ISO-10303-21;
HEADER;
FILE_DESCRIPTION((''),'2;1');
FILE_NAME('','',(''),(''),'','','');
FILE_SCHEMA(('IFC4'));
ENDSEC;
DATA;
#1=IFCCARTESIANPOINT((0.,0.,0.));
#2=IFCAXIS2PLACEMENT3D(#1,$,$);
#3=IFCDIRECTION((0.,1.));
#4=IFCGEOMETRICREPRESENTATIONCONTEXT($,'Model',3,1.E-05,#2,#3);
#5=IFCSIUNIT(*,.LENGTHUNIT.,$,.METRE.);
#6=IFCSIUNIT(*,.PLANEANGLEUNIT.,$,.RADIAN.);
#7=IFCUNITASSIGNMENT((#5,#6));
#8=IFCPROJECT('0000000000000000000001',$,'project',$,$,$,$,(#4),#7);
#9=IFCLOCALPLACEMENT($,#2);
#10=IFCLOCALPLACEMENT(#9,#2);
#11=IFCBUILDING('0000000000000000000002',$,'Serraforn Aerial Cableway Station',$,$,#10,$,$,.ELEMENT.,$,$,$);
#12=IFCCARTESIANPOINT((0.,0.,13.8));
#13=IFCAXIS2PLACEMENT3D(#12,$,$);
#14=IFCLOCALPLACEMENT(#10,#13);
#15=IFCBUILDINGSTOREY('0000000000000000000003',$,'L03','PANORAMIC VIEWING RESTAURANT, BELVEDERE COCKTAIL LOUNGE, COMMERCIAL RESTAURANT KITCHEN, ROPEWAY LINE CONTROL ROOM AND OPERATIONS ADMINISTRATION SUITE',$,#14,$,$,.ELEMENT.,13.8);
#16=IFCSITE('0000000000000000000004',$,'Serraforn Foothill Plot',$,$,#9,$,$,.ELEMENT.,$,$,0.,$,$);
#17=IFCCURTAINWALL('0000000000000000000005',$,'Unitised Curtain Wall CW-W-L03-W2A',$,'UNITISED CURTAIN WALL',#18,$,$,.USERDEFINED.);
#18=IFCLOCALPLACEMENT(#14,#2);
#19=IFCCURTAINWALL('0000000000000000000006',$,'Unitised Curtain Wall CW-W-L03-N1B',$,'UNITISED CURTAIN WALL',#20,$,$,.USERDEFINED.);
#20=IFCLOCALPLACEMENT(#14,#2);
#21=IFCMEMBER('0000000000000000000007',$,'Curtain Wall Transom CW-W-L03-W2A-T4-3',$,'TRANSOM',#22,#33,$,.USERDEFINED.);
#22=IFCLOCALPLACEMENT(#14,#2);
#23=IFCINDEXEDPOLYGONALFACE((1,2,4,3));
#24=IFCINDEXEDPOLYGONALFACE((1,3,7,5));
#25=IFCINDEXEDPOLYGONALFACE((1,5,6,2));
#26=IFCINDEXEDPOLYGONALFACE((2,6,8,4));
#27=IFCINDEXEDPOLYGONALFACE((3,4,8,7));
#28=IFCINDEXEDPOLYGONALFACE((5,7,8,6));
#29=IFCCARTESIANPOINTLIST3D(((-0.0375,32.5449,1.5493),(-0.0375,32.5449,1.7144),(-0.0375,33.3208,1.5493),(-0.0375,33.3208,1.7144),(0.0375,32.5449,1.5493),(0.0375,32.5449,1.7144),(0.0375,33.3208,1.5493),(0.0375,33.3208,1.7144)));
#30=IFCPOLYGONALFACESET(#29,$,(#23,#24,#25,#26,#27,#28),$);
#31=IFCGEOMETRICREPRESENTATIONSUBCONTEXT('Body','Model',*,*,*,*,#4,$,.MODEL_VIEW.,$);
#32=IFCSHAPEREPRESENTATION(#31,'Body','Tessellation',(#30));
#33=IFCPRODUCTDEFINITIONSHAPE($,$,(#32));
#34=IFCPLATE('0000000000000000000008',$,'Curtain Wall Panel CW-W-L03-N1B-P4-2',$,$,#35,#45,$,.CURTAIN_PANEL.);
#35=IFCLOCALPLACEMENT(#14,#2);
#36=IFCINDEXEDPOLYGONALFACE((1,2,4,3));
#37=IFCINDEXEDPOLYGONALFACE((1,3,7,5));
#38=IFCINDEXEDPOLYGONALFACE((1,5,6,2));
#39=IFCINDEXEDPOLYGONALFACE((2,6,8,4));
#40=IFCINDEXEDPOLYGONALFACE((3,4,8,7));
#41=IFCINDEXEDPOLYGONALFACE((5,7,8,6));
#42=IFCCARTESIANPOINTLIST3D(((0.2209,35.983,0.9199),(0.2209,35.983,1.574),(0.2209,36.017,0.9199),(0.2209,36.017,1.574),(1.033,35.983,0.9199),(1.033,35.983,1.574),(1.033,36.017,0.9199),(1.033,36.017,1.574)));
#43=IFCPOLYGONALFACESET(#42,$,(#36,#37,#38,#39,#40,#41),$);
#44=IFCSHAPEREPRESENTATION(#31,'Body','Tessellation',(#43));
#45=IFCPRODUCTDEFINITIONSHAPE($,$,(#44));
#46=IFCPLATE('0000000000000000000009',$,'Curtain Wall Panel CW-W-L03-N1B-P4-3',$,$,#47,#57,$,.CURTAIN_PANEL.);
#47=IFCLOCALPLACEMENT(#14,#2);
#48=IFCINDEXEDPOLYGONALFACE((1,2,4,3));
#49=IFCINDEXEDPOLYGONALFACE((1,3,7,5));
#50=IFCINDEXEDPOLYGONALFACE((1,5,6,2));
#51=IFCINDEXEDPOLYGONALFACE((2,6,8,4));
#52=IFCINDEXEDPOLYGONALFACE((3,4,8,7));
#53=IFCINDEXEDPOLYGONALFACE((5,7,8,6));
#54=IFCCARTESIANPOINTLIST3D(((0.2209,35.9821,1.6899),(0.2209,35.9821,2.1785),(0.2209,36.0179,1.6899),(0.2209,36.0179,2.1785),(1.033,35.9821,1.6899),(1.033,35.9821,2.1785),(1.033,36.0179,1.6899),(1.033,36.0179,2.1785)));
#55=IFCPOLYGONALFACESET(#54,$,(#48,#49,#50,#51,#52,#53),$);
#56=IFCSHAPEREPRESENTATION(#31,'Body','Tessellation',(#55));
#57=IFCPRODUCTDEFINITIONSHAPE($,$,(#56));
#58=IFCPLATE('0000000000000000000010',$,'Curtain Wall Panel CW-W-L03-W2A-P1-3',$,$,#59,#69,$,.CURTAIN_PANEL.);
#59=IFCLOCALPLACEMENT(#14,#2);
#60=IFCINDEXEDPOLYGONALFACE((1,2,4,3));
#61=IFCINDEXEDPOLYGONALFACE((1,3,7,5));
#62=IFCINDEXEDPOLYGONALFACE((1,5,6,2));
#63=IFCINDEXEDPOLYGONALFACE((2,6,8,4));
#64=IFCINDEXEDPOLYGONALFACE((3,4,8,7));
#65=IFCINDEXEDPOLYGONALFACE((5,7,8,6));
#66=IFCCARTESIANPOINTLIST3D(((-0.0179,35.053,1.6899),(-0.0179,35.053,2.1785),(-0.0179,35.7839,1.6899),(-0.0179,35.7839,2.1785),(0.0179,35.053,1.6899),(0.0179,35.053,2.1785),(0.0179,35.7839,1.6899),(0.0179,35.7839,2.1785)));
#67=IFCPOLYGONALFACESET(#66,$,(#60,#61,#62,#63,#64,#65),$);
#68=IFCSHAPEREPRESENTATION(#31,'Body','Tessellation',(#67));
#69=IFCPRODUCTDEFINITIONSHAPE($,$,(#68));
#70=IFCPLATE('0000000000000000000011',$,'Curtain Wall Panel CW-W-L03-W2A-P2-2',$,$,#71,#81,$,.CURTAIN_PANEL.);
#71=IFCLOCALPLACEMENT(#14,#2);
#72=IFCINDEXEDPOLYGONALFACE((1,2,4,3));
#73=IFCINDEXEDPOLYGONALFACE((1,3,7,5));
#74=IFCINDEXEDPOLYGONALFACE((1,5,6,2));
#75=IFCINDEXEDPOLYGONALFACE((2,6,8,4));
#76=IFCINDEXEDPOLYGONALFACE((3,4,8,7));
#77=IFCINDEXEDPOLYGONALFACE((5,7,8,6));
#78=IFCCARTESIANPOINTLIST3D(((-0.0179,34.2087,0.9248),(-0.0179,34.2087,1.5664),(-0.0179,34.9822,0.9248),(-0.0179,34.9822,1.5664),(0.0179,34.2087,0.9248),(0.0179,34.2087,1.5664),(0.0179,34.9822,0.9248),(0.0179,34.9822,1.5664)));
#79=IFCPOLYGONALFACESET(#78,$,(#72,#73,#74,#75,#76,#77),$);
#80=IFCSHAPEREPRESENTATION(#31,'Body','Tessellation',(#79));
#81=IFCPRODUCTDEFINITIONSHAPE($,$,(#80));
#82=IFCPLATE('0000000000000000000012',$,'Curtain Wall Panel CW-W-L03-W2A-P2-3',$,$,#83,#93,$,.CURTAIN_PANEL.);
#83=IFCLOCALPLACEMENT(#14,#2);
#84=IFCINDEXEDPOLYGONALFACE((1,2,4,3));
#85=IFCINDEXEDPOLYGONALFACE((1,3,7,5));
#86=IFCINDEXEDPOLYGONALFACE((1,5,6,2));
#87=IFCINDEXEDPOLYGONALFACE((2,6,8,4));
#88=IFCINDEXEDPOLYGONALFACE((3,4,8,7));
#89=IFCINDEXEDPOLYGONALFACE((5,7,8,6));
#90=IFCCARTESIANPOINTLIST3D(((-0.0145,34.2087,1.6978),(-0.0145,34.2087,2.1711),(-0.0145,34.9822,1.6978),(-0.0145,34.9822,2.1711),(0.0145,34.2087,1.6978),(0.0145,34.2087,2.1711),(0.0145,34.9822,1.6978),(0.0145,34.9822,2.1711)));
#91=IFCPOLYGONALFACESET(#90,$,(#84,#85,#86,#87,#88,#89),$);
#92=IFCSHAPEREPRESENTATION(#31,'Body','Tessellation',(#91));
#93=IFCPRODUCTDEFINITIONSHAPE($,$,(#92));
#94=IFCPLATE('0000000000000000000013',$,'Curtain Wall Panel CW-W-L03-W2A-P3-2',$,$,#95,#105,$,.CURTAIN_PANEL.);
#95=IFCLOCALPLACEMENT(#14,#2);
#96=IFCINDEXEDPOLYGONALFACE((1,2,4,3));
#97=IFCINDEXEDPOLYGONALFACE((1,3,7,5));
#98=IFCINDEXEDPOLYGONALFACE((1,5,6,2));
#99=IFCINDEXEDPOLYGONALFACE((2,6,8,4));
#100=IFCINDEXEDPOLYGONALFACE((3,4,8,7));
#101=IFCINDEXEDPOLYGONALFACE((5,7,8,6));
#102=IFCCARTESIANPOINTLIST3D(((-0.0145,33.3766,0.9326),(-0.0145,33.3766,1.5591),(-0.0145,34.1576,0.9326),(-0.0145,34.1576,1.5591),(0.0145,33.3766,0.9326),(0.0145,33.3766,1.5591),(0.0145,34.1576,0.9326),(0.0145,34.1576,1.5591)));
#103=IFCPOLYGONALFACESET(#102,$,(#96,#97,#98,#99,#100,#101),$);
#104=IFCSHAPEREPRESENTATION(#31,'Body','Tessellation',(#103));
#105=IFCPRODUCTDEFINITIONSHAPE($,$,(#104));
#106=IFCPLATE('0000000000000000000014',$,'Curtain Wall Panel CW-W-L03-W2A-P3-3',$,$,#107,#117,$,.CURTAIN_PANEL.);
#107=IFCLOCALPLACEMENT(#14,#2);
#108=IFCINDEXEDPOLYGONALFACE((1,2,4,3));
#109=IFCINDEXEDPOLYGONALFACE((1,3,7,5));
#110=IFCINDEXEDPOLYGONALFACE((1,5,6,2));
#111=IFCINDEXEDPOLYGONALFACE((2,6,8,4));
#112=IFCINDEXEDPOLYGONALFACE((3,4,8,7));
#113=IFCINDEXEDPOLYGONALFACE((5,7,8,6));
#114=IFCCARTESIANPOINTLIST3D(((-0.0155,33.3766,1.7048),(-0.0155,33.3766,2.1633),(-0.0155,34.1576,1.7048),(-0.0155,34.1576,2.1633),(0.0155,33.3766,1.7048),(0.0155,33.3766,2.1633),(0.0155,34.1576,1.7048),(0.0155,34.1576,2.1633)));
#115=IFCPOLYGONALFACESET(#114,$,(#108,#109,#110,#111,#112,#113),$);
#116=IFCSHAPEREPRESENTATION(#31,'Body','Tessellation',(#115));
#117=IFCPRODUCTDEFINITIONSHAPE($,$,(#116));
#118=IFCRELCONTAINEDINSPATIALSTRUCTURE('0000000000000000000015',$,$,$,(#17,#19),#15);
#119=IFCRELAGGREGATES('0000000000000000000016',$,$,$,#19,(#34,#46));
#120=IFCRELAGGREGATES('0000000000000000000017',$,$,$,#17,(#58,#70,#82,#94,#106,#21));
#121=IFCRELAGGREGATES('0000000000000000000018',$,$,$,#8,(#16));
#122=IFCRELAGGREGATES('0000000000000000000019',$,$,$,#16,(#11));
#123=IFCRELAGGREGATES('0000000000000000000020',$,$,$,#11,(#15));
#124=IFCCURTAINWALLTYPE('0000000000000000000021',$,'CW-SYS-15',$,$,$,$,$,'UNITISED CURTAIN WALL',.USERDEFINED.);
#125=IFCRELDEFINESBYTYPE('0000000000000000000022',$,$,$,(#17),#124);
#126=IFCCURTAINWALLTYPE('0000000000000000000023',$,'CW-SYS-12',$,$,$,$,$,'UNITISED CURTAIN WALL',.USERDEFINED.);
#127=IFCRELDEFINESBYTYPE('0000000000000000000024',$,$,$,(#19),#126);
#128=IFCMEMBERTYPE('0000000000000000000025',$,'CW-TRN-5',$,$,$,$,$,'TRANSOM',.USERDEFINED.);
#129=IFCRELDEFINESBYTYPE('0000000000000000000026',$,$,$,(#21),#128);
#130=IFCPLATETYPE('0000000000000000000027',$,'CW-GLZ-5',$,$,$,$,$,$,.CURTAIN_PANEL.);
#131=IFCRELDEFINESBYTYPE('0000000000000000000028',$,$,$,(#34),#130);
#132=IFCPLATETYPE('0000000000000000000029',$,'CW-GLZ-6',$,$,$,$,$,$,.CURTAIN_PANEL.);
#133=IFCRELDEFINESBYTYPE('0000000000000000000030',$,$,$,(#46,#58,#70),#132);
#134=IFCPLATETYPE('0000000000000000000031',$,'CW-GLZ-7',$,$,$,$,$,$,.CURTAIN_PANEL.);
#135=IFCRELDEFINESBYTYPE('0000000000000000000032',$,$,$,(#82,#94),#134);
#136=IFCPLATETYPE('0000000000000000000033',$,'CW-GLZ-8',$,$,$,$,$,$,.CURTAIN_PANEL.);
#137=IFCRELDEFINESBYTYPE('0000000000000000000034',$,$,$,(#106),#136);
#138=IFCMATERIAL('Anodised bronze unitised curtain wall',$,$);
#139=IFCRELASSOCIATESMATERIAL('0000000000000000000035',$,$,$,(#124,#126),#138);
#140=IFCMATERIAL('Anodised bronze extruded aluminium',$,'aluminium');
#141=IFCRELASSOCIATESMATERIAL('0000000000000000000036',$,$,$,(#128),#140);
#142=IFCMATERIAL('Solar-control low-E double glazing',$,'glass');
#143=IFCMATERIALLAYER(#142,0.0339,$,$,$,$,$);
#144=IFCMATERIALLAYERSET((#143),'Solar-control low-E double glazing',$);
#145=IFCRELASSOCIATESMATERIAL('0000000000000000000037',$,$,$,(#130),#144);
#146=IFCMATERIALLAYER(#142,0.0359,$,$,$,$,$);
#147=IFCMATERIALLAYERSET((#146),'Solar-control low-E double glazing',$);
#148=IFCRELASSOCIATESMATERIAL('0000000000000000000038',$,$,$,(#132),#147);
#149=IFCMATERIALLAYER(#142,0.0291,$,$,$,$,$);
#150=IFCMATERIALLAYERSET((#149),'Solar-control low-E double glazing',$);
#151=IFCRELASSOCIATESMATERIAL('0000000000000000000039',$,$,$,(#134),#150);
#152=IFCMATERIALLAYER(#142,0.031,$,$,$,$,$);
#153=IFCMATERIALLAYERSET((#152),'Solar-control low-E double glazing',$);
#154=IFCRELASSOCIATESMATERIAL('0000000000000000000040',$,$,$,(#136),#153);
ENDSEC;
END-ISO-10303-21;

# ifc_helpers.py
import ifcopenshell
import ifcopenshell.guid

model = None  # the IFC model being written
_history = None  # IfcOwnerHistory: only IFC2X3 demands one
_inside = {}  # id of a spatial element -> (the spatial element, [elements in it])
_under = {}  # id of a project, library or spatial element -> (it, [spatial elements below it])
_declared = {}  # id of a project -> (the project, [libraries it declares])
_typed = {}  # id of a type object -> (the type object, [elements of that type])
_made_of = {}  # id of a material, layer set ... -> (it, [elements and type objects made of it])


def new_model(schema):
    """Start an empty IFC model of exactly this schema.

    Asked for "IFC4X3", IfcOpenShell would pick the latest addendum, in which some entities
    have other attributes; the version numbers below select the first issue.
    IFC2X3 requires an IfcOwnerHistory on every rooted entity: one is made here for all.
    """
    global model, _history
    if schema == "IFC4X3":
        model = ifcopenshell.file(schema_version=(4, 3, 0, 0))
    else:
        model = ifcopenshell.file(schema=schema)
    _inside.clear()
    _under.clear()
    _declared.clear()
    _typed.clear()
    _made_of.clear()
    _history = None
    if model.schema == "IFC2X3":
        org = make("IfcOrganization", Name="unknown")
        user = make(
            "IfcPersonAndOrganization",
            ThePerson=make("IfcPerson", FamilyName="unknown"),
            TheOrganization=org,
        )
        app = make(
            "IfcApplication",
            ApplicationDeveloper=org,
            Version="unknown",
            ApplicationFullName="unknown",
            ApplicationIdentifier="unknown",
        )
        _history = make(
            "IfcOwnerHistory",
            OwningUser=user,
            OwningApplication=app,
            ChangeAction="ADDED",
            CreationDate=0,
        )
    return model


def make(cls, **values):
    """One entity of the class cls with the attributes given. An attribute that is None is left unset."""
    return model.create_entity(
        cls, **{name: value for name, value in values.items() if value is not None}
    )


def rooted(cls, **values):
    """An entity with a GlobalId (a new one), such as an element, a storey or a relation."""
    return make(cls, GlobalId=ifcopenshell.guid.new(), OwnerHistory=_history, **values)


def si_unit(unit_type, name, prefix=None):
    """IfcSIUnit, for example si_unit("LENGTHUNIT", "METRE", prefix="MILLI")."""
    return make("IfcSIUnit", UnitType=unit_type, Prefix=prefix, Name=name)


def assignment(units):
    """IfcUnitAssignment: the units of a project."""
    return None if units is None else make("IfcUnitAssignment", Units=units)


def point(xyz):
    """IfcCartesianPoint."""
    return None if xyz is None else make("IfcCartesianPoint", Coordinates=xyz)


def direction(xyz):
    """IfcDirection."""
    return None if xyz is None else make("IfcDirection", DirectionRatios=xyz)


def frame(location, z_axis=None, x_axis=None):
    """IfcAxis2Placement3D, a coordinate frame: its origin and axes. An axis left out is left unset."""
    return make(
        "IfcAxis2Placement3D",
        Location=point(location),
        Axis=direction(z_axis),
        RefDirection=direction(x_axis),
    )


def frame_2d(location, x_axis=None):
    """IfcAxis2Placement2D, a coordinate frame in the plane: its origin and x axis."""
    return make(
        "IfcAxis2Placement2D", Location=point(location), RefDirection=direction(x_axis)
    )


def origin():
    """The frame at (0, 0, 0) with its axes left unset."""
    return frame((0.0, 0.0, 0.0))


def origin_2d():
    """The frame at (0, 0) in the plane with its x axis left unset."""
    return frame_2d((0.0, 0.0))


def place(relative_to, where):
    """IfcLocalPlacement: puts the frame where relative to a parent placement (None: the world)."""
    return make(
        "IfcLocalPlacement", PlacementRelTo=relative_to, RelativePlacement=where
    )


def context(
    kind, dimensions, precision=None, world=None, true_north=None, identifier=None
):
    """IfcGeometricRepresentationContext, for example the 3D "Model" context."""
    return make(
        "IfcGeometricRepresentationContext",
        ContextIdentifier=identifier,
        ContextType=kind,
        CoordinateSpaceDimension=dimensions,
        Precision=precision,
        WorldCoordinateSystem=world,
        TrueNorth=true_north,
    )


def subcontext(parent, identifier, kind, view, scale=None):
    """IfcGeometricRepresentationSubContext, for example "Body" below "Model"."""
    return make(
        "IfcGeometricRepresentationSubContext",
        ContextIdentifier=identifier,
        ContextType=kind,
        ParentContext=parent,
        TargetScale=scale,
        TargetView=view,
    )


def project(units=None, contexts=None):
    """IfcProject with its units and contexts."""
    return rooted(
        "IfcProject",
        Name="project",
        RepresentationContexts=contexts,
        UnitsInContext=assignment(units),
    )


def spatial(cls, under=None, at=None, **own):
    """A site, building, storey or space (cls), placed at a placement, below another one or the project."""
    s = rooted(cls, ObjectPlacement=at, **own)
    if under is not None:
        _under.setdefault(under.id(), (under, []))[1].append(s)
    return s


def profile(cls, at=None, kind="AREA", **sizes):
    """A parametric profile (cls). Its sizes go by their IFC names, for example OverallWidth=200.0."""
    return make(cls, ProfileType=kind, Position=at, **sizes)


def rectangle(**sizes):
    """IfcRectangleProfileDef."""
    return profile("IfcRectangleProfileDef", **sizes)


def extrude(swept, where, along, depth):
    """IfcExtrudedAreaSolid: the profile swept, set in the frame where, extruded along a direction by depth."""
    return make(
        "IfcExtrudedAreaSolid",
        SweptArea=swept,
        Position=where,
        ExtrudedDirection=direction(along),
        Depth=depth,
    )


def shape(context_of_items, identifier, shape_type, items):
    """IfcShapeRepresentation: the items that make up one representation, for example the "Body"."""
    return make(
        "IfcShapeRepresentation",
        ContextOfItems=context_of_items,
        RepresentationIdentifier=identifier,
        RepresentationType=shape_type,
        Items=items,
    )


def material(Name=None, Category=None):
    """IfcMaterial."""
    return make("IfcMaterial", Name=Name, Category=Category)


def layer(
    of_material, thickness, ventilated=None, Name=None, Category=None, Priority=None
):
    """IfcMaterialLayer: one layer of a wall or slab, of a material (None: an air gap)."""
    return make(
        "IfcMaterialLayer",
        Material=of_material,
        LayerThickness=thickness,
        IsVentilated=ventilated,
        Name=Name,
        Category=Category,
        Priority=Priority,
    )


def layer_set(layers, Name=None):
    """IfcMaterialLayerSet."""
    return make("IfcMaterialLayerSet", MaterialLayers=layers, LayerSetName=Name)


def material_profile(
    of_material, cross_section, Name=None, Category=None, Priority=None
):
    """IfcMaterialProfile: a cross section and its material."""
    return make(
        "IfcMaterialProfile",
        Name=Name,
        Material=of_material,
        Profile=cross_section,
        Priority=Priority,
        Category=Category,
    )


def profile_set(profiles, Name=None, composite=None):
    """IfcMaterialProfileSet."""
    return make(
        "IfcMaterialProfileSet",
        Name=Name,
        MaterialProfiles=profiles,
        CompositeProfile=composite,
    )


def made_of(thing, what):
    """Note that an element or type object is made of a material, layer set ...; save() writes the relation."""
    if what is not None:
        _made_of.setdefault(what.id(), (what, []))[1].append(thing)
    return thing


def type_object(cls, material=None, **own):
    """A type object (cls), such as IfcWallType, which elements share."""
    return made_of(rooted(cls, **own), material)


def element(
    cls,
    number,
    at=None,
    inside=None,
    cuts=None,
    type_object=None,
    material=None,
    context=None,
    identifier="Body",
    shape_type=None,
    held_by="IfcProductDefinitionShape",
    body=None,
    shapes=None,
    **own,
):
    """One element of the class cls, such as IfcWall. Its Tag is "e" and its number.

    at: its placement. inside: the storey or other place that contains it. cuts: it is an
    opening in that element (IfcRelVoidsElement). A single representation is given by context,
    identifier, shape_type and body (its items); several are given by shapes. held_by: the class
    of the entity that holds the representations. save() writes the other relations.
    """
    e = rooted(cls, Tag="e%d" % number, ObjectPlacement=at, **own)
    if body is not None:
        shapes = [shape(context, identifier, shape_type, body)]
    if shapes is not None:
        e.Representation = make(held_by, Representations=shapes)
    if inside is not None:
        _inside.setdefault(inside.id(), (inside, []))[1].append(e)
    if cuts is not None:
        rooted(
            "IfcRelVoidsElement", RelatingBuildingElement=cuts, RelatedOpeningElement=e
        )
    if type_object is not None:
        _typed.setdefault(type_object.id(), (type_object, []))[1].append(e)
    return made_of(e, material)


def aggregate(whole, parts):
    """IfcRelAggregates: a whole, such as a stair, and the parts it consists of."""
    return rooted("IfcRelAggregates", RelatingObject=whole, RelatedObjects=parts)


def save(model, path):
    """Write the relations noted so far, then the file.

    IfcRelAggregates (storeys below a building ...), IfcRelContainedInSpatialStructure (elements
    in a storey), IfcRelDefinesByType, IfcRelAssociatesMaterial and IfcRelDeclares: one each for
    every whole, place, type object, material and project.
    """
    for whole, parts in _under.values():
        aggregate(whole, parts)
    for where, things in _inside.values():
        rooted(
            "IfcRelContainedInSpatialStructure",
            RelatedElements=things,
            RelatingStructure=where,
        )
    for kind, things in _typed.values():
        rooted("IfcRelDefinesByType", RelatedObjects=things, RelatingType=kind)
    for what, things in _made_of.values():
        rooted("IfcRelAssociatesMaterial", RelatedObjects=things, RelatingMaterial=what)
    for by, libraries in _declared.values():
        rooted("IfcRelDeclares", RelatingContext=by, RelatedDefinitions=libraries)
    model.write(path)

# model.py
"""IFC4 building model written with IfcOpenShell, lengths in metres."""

from ifc_helpers import new_model, si_unit, direction, frame, origin, origin_2d, place, context, subcontext, project, spatial, rectangle, extrude, material, layer, layer_set, material_profile, profile_set, type_object, element, aggregate, save


model = new_model("IFC4")

# Units and contexts
model_context = context("Model", 3, precision=1e-05, world=origin(), true_north=direction((0.0, 1.0)))
body_context = subcontext(model_context, "Body", "Model", "MODEL_VIEW")
ifc_project = project(units=[si_unit("LENGTHUNIT", "METRE"), si_unit("PLANEANGLEUNIT", "RADIAN")], contexts=[model_context])

# Site, building, storey
site_placement = place(None, origin())
site = spatial("IfcSite", under=ifc_project, at=site_placement, Name="Serraforn Foothill Plot", CompositionType="ELEMENT", RefElevation=0.0)
building_placement = place(site_placement, origin())
building = spatial("IfcBuilding", under=site, at=building_placement, Name="Serraforn Aerial Cableway Station", CompositionType="ELEMENT")
storey_placement = place(building_placement, frame((0.0, 0.0, 13.8)))
storey = spatial("IfcBuildingStorey", under=building, at=storey_placement, Name="L03", Description="PANORAMIC VIEWING RESTAURANT, BELVEDERE COCKTAIL LOUNGE, COMMERCIAL RESTAURANT KITCHEN, ROPEWAY LINE CONTROL ROOM AND OPERATIONS ADMINISTRATION SUITE", CompositionType="ELEMENT", Elevation=13.8)

# Curtain wall
ifc_material_1 = material(Name="Anodised bronze unitised curtain wall")
curtain_wall_type_1 = type_object("IfcCurtainWallType", Name="CW-SYS-15", ElementType="UNITISED CURTAIN WALL", PredefinedType="USERDEFINED", material=ifc_material_1)
curtain_wall_1_placement = place(storey_placement, origin())
curtain_wall_1 = element("IfcCurtainWall", 1, at=curtain_wall_1_placement, inside=storey, type_object=curtain_wall_type_1, Name="Unitised Curtain Wall CW-W-L03-W2A", ObjectType="UNITISED CURTAIN WALL", PredefinedType="USERDEFINED")
ifc_material_2 = material(Name="Anodised bronze extruded aluminium", Category="aluminium")

# Curtain wall
curtain_wall_type_2 = type_object("IfcCurtainWallType", Name="CW-SYS-12", ElementType="UNITISED CURTAIN WALL", PredefinedType="USERDEFINED", material=ifc_material_1)
curtain_wall_2_placement = place(storey_placement, origin())
curtain_wall_2 = element("IfcCurtainWall", 2, at=curtain_wall_2_placement, inside=storey, type_object=curtain_wall_type_2, Name="Unitised Curtain Wall CW-W-L03-N1B", ObjectType="UNITISED CURTAIN WALL", PredefinedType="USERDEFINED")

# Member
ifc_material_profile_1 = material_profile(ifc_material_2, rectangle(XDim=0.075, YDim=0.165, at=origin_2d()), Name="CW TRANSOM 75x165")
ifc_profile_set_1 = profile_set([ifc_material_profile_1], Name="Anodised bronze extruded aluminium")
member_type_1 = type_object("IfcMemberType", Name="CW-TRN-5", ElementType="TRANSOM", PredefinedType="USERDEFINED", material=ifc_profile_set_1)
member_1_placement = place(storey_placement, frame((0.0, 33.3208, 1.6318), z_axis=(0.0, -1.0, 0.0), x_axis=(1.0, 0.0, 0.0)))
member_1 = element("IfcMember", 3, at=member_1_placement, type_object=member_type_1, Name="Curtain Wall Transom CW-W-L03-W2A-T4-3", ObjectType="TRANSOM", PredefinedType="USERDEFINED", context=body_context, shape_type="SweptSolid", body=[
    extrude(rectangle(XDim=0.075, YDim=0.165, at=origin_2d()), origin(), (0.0, 0.0, 1.0), 0.7759),
])

# Plates
ifc_material_3 = material(Name="Solar-control low-E double glazing", Category="glass")
ifc_layer_1 = layer(ifc_material_3, 0.0339)
ifc_layer_set_1 = layer_set([ifc_layer_1], Name="Solar-control low-E double glazing")
plate_type_1 = type_object("IfcPlateType", Name="CW-GLZ-5", PredefinedType="CURTAIN_PANEL", material=ifc_layer_set_1)
plate_1_placement = place(storey_placement, frame((0.627, 36.0, 0.9199), z_axis=(0.0, 0.0, 1.0), x_axis=(1.0, 0.0, 0.0)))
plate_1 = element("IfcPlate", 4, at=plate_1_placement, type_object=plate_type_1, Name="Curtain Wall Panel CW-W-L03-N1B-P4-2", PredefinedType="CURTAIN_PANEL", context=body_context, shape_type="SweptSolid", body=[
    extrude(rectangle(XDim=0.812, YDim=0.0339, at=origin_2d()), origin(), (0.0, 0.0, 1.0), 0.6541),
])
ifc_layer_2 = layer(ifc_material_3, 0.0359)
ifc_layer_set_2 = layer_set([ifc_layer_2], Name="Solar-control low-E double glazing")
plate_type_2 = type_object("IfcPlateType", Name="CW-GLZ-6", PredefinedType="CURTAIN_PANEL", material=ifc_layer_set_2)
plate_2_placement = place(storey_placement, frame((0.627, 36.0, 1.6899), z_axis=(0.0, 0.0, 1.0), x_axis=(1.0, 0.0, 0.0)))
plate_2 = element("IfcPlate", 5, at=plate_2_placement, type_object=plate_type_2, Name="Curtain Wall Panel CW-W-L03-N1B-P4-3", PredefinedType="CURTAIN_PANEL", context=body_context, shape_type="SweptSolid", body=[
    extrude(rectangle(XDim=0.812, YDim=0.0359, at=origin_2d()), origin(), (0.0, 0.0, 1.0), 0.4885),
])
aggregate(curtain_wall_2, [plate_1, plate_2])
plate_3_placement = place(storey_placement, frame((0.0, 35.4185, 1.6899), z_axis=(0.0, 0.0, 1.0), x_axis=(1.0, 0.0, 0.0)))
plate_3 = element("IfcPlate", 6, at=plate_3_placement, type_object=plate_type_2, Name="Curtain Wall Panel CW-W-L03-W2A-P1-3", PredefinedType="CURTAIN_PANEL", context=body_context, shape_type="SweptSolid", body=[
    extrude(rectangle(XDim=0.0359, YDim=0.731, at=origin_2d()), origin(), (0.0, 0.0, 1.0), 0.4885),
])
plate_4_placement = place(storey_placement, frame((0.0, 34.5955, 0.9248), z_axis=(0.0, 0.0, 1.0), x_axis=(1.0, 0.0, 0.0)))
plate_4 = element("IfcPlate", 7, at=plate_4_placement, type_object=plate_type_2, Name="Curtain Wall Panel CW-W-L03-W2A-P2-2", PredefinedType="CURTAIN_PANEL", context=body_context, shape_type="SweptSolid", body=[
    extrude(rectangle(XDim=0.0359, YDim=0.7734, at=origin_2d()), origin(), (0.0, 0.0, 1.0), 0.6416),
])
ifc_layer_3 = layer(ifc_material_3, 0.0291)
ifc_layer_set_3 = layer_set([ifc_layer_3], Name="Solar-control low-E double glazing")
plate_type_3 = type_object("IfcPlateType", Name="CW-GLZ-7", PredefinedType="CURTAIN_PANEL", material=ifc_layer_set_3)
plate_5_placement = place(storey_placement, frame((0.0, 34.5955, 1.6978), z_axis=(0.0, 0.0, 1.0), x_axis=(1.0, 0.0, 0.0)))
plate_5 = element("IfcPlate", 8, at=plate_5_placement, type_object=plate_type_3, Name="Curtain Wall Panel CW-W-L03-W2A-P2-3", PredefinedType="CURTAIN_PANEL", context=body_context, shape_type="SweptSolid", body=[
    extrude(rectangle(XDim=0.0291, YDim=0.7734, at=origin_2d()), origin(), (0.0, 0.0, 1.0), 0.4734),
])
plate_6_placement = place(storey_placement, frame((0.0, 33.7671, 0.9326), z_axis=(0.0, 0.0, 1.0), x_axis=(1.0, 0.0, 0.0)))
plate_6 = element("IfcPlate", 9, at=plate_6_placement, type_object=plate_type_3, Name="Curtain Wall Panel CW-W-L03-W2A-P3-2", PredefinedType="CURTAIN_PANEL", context=body_context, shape_type="SweptSolid", body=[
    extrude(rectangle(XDim=0.0291, YDim=0.781, at=origin_2d()), origin(), (0.0, 0.0, 1.0), 0.6265),
])
ifc_layer_4 = layer(ifc_material_3, 0.031)
ifc_layer_set_4 = layer_set([ifc_layer_4], Name="Solar-control low-E double glazing")
plate_type_4 = type_object("IfcPlateType", Name="CW-GLZ-8", PredefinedType="CURTAIN_PANEL", material=ifc_layer_set_4)
plate_7_placement = place(storey_placement, frame((0.0, 33.7671, 1.7048), z_axis=(0.0, 0.0, 1.0), x_axis=(1.0, 0.0, 0.0)))
plate_7 = element("IfcPlate", 10, at=plate_7_placement, type_object=plate_type_4, Name="Curtain Wall Panel CW-W-L03-W2A-P3-3", PredefinedType="CURTAIN_PANEL", context=body_context, shape_type="SweptSolid", body=[
    extrude(rectangle(XDim=0.031, YDim=0.781, at=origin_2d()), origin(), (0.0, 0.0, 1.0), 0.4585),
])
aggregate(curtain_wall_1, [plate_3, plate_4, plate_5, plate_6, plate_7, member_1])

save(model, "model.ifc")
